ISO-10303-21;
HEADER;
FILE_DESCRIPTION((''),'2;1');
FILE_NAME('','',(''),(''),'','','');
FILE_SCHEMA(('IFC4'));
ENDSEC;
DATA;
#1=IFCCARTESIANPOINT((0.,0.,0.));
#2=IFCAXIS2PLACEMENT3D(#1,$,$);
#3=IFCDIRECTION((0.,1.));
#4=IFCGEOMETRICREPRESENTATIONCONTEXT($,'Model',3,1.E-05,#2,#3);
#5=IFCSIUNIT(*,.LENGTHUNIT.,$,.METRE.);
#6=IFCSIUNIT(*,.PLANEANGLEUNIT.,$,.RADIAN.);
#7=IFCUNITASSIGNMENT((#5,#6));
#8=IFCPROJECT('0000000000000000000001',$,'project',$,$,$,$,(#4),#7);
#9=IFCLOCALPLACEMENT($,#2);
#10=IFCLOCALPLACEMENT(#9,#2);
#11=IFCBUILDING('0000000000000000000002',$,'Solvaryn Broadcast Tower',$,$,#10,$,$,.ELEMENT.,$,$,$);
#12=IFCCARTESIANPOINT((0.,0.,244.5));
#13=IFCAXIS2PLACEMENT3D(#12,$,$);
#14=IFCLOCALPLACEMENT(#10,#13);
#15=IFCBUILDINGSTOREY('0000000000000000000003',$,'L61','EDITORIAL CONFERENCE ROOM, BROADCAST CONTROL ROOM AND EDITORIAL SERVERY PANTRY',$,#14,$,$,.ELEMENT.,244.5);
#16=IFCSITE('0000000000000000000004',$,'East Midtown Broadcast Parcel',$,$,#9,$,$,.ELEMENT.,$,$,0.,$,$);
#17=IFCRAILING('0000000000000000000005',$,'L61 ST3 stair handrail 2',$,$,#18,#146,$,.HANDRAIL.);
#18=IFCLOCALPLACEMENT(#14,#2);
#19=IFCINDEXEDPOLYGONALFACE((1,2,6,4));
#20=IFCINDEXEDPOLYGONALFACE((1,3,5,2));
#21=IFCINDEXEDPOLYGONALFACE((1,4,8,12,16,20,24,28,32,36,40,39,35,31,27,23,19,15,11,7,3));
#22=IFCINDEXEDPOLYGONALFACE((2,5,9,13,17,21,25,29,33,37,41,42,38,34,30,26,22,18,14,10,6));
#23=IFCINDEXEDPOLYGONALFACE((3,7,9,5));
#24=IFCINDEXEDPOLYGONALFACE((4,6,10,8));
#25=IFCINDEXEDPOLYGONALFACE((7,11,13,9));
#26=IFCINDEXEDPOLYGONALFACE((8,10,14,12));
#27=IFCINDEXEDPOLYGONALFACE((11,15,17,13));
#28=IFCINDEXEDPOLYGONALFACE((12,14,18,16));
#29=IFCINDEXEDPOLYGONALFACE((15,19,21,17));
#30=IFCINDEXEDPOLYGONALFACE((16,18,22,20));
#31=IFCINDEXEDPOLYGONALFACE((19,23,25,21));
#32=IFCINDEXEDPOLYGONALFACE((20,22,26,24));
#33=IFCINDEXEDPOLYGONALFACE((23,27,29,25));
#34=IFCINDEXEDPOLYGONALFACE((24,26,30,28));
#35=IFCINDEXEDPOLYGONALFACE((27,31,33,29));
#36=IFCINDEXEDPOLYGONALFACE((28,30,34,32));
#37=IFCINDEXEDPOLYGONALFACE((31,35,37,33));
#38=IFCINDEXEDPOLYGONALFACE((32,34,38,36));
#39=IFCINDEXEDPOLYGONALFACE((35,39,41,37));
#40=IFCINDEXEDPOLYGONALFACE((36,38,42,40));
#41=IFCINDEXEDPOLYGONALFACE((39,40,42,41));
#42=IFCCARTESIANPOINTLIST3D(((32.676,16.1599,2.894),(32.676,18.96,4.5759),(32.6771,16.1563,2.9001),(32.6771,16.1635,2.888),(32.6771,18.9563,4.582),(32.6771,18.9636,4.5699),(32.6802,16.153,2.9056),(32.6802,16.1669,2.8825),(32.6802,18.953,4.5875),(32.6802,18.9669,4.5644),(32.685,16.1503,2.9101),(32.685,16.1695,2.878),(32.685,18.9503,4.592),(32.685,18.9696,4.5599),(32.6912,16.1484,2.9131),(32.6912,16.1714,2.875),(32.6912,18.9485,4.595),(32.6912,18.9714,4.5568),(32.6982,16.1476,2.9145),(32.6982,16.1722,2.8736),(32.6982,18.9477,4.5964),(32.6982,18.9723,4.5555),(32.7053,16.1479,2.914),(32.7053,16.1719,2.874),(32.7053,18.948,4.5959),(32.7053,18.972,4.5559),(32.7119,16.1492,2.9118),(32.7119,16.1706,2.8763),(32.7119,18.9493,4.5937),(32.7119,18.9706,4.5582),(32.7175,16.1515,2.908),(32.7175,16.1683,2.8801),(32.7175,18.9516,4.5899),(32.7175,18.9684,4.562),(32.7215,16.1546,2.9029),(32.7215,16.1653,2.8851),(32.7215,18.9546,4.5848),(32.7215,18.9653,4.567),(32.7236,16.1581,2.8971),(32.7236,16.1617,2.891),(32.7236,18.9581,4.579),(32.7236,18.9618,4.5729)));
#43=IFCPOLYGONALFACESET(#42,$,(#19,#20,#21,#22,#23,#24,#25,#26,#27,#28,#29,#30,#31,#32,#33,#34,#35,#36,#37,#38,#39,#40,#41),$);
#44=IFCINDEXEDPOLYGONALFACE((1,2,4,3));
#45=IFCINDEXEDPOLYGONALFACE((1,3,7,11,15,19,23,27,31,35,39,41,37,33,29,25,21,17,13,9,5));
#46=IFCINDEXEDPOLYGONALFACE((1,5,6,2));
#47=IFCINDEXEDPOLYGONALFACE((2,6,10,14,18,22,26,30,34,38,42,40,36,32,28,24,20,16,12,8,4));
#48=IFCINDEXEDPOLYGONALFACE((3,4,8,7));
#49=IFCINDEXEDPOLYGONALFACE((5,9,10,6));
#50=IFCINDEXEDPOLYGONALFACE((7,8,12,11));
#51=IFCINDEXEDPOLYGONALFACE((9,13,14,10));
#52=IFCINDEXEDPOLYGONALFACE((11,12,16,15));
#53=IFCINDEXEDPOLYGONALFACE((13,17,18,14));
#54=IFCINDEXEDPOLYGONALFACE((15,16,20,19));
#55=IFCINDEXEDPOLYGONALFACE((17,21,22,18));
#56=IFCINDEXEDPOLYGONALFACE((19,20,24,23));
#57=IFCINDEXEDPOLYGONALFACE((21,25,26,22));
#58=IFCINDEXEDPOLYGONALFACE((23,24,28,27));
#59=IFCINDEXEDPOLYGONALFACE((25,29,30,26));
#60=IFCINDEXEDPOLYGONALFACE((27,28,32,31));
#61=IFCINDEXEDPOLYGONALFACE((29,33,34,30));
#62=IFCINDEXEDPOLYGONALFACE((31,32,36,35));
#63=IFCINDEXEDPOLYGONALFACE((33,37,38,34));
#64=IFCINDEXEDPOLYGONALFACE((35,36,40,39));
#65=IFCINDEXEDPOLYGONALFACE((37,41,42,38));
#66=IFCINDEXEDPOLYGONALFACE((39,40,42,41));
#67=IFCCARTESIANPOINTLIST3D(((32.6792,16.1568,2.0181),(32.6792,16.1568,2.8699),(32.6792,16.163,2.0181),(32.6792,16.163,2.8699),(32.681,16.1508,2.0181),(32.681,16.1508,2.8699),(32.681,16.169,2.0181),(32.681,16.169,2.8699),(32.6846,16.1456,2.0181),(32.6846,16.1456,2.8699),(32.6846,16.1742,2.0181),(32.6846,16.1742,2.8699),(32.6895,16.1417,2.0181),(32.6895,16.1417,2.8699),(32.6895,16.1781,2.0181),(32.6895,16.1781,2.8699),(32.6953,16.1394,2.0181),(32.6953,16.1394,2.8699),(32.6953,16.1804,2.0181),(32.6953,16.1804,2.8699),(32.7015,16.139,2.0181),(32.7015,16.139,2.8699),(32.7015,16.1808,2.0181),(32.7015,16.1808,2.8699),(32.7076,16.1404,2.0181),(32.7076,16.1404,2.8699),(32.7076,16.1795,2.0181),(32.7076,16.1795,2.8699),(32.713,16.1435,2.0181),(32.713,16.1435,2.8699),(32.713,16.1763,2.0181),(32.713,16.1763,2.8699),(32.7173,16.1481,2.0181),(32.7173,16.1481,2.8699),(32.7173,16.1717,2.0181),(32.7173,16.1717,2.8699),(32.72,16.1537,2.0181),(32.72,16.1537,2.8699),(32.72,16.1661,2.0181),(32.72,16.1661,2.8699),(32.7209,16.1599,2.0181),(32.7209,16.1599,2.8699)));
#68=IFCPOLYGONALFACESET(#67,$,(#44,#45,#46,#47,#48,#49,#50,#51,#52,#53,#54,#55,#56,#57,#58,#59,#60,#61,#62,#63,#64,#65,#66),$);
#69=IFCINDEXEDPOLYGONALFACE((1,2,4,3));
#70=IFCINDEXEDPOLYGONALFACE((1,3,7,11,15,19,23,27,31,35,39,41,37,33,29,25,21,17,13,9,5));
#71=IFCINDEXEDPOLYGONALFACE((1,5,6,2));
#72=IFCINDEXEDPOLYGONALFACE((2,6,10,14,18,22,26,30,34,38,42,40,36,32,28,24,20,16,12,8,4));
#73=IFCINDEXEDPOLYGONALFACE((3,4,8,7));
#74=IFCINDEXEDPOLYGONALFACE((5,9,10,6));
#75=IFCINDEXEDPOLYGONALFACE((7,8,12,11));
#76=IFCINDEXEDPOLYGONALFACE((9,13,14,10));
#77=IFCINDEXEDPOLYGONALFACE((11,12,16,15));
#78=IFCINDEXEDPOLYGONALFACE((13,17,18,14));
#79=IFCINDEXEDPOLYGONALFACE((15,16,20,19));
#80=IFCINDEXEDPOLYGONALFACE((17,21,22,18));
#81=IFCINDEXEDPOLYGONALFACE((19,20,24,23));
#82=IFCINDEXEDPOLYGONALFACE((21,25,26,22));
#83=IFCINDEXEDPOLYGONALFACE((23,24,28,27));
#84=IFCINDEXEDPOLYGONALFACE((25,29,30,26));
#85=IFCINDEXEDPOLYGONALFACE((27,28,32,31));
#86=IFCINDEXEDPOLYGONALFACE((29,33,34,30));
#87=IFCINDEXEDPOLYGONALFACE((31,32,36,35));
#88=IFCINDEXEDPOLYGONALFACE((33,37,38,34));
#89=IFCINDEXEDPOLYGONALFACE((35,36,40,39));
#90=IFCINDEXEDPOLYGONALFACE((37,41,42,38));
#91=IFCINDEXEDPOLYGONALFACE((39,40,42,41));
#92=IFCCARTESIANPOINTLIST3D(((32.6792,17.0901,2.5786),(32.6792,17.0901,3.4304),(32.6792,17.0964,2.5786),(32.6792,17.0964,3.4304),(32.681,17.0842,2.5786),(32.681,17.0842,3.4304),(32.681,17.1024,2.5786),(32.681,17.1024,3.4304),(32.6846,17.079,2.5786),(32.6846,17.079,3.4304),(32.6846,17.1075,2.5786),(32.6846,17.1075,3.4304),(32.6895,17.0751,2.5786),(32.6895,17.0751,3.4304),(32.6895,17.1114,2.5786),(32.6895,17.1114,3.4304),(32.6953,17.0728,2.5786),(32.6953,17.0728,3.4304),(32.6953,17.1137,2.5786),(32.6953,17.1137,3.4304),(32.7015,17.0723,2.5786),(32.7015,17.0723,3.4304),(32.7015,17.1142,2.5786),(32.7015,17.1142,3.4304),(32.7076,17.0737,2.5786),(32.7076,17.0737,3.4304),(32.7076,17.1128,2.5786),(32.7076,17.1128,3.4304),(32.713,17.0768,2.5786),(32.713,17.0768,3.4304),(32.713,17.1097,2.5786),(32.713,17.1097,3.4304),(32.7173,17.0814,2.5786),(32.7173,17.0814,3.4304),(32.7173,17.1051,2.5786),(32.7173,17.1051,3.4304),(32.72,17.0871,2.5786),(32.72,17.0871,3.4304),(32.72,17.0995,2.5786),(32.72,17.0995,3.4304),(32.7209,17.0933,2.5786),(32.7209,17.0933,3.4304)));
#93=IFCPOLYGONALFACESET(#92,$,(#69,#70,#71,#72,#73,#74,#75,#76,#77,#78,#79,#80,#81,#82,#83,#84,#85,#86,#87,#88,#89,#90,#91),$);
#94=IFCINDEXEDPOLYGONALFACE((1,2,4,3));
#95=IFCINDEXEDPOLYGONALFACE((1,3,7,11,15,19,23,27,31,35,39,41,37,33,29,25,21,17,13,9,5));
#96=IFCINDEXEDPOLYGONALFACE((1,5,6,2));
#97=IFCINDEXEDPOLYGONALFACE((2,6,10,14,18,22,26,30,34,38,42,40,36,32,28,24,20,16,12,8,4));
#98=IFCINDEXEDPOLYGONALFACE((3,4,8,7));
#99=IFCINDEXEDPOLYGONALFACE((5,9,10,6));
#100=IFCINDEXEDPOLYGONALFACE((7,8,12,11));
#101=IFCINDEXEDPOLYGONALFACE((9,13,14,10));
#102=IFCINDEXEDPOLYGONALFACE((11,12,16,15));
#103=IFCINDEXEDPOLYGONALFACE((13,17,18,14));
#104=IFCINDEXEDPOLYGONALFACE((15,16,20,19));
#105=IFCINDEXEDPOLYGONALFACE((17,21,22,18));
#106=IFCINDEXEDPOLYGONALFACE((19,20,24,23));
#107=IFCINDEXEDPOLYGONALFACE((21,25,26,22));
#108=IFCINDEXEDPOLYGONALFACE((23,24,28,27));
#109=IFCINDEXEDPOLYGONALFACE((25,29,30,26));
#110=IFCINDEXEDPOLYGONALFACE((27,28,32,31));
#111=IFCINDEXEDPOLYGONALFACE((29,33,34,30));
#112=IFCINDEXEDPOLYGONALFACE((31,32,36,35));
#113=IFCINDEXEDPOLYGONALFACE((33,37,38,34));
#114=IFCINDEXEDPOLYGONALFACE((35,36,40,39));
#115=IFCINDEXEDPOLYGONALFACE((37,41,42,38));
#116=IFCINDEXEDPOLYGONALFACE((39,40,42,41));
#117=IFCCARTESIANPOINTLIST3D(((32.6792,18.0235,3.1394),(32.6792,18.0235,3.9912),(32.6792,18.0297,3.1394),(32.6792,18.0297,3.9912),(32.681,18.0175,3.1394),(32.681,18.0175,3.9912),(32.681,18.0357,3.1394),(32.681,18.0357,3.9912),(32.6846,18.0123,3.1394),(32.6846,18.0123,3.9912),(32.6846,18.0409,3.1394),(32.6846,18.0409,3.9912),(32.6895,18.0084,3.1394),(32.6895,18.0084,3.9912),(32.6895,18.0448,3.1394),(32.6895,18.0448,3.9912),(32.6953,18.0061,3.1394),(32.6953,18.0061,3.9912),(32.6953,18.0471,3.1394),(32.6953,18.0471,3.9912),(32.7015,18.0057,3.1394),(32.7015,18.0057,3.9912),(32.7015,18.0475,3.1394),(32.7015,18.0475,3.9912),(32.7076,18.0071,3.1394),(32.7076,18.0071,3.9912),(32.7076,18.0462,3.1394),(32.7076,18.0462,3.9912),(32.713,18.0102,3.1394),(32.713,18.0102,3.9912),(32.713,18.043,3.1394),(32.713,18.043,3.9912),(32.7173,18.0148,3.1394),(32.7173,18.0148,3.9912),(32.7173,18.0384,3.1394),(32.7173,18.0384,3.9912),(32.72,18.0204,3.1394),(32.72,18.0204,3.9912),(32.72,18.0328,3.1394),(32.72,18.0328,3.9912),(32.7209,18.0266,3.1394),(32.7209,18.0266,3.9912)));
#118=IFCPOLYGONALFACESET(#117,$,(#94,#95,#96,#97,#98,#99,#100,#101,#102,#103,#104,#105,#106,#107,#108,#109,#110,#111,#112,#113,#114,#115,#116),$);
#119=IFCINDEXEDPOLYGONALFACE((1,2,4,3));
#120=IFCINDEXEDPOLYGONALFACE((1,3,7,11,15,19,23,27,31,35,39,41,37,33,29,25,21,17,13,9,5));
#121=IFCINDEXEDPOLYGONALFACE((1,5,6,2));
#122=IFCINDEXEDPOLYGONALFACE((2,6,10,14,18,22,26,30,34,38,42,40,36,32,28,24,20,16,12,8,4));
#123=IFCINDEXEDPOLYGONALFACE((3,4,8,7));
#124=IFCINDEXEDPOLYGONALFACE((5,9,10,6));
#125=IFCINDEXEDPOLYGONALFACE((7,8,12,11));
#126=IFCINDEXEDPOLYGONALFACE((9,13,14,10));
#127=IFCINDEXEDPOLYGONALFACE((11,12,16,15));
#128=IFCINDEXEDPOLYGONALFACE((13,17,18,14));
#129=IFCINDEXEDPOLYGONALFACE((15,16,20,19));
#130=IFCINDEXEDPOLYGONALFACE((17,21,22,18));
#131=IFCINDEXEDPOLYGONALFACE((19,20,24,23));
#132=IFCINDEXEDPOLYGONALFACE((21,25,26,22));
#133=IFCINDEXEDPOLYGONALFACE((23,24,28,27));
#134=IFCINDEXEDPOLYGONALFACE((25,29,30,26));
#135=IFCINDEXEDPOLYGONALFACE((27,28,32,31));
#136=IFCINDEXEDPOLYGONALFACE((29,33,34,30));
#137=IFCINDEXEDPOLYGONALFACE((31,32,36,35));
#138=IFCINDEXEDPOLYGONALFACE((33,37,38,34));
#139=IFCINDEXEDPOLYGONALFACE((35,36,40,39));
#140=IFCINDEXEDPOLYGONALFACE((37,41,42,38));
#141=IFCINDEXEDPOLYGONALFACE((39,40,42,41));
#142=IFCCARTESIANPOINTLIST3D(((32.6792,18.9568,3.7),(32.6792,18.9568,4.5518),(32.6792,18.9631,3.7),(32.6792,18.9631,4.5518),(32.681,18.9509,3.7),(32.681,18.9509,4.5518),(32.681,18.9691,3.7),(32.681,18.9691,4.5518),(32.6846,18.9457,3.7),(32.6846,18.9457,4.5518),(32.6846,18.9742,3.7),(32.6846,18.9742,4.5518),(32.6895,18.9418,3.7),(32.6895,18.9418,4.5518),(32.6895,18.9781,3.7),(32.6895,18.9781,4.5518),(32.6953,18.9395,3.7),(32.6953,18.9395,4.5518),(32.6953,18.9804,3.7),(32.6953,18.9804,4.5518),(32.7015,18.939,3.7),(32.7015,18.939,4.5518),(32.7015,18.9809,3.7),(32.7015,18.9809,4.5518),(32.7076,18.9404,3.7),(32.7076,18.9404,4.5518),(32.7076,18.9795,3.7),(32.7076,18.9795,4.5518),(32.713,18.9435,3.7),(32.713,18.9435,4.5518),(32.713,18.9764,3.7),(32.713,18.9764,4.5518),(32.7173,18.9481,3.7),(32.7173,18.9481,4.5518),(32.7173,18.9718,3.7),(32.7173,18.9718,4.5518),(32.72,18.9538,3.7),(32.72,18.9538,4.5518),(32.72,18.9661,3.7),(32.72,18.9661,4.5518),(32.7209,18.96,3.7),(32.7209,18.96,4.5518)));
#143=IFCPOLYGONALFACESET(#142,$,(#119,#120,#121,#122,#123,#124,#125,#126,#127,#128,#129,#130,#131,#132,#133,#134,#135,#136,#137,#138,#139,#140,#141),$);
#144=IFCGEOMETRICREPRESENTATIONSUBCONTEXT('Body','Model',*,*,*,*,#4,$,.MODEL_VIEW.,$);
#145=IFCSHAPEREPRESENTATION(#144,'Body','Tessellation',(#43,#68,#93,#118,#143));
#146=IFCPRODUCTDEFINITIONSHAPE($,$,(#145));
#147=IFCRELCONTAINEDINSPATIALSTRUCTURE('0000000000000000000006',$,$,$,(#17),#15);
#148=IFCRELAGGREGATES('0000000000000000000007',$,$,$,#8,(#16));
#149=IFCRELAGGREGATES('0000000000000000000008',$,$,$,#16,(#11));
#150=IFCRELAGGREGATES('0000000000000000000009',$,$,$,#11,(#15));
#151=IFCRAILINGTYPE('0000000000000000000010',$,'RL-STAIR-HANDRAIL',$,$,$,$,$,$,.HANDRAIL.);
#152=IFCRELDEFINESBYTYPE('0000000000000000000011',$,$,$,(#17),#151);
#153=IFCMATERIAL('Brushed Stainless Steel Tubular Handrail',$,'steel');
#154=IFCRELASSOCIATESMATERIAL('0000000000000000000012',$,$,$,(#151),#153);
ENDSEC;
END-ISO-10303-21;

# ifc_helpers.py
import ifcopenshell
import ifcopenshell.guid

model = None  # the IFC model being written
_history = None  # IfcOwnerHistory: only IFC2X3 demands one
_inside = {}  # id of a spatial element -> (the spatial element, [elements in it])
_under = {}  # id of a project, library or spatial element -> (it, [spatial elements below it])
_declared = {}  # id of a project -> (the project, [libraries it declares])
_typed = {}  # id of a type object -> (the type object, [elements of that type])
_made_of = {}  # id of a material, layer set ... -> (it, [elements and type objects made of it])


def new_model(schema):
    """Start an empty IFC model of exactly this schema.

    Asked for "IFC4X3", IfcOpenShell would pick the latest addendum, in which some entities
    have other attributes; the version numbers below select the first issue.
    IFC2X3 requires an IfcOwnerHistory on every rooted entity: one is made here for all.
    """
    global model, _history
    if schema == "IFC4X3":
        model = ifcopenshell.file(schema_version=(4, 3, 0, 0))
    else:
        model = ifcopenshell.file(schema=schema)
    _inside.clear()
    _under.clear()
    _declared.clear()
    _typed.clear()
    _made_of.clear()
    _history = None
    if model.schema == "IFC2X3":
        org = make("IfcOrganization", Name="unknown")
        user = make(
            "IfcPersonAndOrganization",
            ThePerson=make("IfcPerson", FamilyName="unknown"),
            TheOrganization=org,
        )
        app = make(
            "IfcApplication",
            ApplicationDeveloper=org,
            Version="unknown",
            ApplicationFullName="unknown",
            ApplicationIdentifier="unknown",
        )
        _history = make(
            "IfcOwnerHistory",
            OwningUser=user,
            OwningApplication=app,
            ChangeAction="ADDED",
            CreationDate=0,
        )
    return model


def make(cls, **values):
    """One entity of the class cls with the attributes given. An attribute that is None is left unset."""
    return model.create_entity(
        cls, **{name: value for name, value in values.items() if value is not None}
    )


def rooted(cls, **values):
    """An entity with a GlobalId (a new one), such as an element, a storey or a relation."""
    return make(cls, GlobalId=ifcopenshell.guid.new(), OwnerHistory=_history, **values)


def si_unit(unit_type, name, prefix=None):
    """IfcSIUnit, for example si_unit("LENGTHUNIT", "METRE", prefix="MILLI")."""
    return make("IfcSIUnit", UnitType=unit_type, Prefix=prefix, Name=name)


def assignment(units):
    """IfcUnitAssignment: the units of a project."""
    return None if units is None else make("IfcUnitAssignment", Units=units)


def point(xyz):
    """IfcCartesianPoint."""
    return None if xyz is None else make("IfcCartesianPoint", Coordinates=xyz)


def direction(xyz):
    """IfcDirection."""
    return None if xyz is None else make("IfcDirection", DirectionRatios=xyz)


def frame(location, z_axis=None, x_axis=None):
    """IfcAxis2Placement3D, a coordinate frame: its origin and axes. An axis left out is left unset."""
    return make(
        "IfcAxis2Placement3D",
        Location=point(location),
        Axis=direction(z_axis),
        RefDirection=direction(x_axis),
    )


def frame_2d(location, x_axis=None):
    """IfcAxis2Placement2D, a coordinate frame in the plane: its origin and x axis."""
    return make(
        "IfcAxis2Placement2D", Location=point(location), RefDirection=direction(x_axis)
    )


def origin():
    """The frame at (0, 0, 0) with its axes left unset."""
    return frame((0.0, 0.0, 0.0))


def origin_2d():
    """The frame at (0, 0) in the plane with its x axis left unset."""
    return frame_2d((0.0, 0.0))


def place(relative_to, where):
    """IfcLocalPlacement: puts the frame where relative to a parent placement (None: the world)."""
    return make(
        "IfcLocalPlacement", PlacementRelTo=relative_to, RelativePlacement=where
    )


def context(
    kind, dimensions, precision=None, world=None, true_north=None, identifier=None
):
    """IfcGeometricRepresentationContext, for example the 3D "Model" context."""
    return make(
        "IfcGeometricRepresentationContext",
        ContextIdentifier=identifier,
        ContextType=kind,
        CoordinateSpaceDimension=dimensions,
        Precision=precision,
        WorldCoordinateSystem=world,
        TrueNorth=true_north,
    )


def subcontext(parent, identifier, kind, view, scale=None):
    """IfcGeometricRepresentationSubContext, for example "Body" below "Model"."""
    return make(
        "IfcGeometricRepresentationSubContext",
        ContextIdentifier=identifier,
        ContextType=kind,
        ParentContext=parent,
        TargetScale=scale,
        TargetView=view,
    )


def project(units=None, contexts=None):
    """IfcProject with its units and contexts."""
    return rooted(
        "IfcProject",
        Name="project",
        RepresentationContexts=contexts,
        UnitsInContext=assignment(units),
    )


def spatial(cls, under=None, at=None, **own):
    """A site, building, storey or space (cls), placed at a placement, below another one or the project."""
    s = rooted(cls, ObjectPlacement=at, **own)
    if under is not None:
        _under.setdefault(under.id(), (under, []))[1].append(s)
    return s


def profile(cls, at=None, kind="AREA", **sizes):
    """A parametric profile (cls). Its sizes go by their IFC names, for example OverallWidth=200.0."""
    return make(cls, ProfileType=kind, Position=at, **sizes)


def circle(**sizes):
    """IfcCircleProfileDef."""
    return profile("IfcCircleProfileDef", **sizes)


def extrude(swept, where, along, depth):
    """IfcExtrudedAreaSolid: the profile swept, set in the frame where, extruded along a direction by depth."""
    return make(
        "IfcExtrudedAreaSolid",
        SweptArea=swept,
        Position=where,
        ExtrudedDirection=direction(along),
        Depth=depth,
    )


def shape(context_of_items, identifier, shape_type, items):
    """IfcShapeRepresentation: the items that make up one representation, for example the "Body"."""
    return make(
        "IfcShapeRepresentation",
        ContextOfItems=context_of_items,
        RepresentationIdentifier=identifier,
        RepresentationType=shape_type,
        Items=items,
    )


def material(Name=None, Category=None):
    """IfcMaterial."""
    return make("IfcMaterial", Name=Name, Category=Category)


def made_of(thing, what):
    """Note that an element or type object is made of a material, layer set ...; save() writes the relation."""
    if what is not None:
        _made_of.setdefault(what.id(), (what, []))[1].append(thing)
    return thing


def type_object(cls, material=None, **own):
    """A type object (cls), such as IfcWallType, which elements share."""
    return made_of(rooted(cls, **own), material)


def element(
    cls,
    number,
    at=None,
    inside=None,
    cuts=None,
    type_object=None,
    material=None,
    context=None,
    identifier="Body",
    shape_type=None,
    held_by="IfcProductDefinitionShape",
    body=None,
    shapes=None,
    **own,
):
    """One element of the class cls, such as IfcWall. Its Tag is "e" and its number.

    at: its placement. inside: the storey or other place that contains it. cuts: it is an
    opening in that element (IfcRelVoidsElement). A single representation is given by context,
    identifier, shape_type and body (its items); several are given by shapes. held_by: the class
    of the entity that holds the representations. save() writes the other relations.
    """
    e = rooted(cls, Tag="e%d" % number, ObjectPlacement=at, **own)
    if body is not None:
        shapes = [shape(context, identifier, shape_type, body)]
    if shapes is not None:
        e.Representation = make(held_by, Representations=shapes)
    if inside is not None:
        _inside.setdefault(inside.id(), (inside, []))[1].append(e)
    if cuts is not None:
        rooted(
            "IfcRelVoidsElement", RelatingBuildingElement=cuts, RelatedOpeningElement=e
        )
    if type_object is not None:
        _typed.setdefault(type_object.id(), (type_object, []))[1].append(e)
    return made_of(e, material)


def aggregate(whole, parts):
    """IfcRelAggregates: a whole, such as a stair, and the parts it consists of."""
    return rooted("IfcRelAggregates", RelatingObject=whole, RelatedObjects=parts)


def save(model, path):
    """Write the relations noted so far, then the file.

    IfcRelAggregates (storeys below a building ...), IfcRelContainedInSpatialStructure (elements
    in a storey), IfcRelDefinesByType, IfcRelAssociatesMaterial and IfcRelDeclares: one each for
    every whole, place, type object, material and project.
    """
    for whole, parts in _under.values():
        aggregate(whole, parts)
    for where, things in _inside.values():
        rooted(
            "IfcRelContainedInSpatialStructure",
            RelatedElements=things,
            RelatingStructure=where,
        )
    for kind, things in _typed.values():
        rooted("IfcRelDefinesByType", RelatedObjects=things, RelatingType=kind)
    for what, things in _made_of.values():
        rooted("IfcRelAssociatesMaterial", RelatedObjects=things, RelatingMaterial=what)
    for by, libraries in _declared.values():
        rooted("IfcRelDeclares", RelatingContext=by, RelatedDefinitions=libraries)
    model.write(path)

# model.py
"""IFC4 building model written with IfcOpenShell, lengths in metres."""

from ifc_helpers import new_model, si_unit, direction, frame, origin, origin_2d, place, context, subcontext, project, spatial, circle, extrude, material, type_object, element, save


model = new_model("IFC4")

# Units and contexts
model_context = context("Model", 3, precision=1e-05, world=origin(), true_north=direction((0.0, 1.0)))
body_context = subcontext(model_context, "Body", "Model", "MODEL_VIEW")
ifc_project = project(units=[si_unit("LENGTHUNIT", "METRE"), si_unit("PLANEANGLEUNIT", "RADIAN")], contexts=[model_context])

# Site, building, storey
site_placement = place(None, origin())
site = spatial("IfcSite", under=ifc_project, at=site_placement, Name="East Midtown Broadcast Parcel", CompositionType="ELEMENT", RefElevation=0.0)
building_placement = place(site_placement, origin())
building = spatial("IfcBuilding", under=site, at=building_placement, Name="Solvaryn Broadcast Tower", CompositionType="ELEMENT")
storey_placement = place(building_placement, frame((0.0, 0.0, 244.5)))
storey = spatial("IfcBuildingStorey", under=building, at=storey_placement, Name="L61", Description="EDITORIAL CONFERENCE ROOM, BROADCAST CONTROL ROOM AND EDITORIAL SERVERY PANTRY", CompositionType="ELEMENT", Elevation=244.5)

# Railing
ifc_material_1 = material(Name="Brushed Stainless Steel Tubular Handrail", Category="steel")
railing_type_1 = type_object("IfcRailingType", Name="RL-STAIR-HANDRAIL", PredefinedType="HANDRAIL", material=ifc_material_1)
railing_1_placement = place(storey_placement, frame((32.7, 16.1599, 2.0181)))
element("IfcRailing", 1, at=railing_1_placement, inside=storey, type_object=railing_type_1, Name="L61 ST3 stair handrail 2", PredefinedType="HANDRAIL", context=body_context, shape_type="SweptSolid", body=[
    extrude(circle(Radius=0.0239, at=origin_2d()), frame((0.0, 0.0, 0.876), z_axis=(0.0, 0.857242, 0.514913), x_axis=(-1.0, 0.0, 0.0)), (0.0, 0.0, 1.0), 3.2664),
    extrude(circle(Radius=0.021, at=origin_2d()), origin(), (0.0, 0.0, 1.0), 0.8518),
    extrude(circle(Radius=0.021, at=origin_2d()), frame((0.0, 0.9333, 0.5605)), (0.0, 0.0, 1.0), 0.8518),
    extrude(circle(Radius=0.021, at=origin_2d()), frame((0.0, 1.8667, 1.1213)), (0.0, 0.0, 1.0), 0.8518),
    extrude(circle(Radius=0.021, at=origin_2d()), frame((0.0, 2.8, 1.6819)), (0.0, 0.0, 1.0), 0.8518),
])

save(model, "model.ifc")
